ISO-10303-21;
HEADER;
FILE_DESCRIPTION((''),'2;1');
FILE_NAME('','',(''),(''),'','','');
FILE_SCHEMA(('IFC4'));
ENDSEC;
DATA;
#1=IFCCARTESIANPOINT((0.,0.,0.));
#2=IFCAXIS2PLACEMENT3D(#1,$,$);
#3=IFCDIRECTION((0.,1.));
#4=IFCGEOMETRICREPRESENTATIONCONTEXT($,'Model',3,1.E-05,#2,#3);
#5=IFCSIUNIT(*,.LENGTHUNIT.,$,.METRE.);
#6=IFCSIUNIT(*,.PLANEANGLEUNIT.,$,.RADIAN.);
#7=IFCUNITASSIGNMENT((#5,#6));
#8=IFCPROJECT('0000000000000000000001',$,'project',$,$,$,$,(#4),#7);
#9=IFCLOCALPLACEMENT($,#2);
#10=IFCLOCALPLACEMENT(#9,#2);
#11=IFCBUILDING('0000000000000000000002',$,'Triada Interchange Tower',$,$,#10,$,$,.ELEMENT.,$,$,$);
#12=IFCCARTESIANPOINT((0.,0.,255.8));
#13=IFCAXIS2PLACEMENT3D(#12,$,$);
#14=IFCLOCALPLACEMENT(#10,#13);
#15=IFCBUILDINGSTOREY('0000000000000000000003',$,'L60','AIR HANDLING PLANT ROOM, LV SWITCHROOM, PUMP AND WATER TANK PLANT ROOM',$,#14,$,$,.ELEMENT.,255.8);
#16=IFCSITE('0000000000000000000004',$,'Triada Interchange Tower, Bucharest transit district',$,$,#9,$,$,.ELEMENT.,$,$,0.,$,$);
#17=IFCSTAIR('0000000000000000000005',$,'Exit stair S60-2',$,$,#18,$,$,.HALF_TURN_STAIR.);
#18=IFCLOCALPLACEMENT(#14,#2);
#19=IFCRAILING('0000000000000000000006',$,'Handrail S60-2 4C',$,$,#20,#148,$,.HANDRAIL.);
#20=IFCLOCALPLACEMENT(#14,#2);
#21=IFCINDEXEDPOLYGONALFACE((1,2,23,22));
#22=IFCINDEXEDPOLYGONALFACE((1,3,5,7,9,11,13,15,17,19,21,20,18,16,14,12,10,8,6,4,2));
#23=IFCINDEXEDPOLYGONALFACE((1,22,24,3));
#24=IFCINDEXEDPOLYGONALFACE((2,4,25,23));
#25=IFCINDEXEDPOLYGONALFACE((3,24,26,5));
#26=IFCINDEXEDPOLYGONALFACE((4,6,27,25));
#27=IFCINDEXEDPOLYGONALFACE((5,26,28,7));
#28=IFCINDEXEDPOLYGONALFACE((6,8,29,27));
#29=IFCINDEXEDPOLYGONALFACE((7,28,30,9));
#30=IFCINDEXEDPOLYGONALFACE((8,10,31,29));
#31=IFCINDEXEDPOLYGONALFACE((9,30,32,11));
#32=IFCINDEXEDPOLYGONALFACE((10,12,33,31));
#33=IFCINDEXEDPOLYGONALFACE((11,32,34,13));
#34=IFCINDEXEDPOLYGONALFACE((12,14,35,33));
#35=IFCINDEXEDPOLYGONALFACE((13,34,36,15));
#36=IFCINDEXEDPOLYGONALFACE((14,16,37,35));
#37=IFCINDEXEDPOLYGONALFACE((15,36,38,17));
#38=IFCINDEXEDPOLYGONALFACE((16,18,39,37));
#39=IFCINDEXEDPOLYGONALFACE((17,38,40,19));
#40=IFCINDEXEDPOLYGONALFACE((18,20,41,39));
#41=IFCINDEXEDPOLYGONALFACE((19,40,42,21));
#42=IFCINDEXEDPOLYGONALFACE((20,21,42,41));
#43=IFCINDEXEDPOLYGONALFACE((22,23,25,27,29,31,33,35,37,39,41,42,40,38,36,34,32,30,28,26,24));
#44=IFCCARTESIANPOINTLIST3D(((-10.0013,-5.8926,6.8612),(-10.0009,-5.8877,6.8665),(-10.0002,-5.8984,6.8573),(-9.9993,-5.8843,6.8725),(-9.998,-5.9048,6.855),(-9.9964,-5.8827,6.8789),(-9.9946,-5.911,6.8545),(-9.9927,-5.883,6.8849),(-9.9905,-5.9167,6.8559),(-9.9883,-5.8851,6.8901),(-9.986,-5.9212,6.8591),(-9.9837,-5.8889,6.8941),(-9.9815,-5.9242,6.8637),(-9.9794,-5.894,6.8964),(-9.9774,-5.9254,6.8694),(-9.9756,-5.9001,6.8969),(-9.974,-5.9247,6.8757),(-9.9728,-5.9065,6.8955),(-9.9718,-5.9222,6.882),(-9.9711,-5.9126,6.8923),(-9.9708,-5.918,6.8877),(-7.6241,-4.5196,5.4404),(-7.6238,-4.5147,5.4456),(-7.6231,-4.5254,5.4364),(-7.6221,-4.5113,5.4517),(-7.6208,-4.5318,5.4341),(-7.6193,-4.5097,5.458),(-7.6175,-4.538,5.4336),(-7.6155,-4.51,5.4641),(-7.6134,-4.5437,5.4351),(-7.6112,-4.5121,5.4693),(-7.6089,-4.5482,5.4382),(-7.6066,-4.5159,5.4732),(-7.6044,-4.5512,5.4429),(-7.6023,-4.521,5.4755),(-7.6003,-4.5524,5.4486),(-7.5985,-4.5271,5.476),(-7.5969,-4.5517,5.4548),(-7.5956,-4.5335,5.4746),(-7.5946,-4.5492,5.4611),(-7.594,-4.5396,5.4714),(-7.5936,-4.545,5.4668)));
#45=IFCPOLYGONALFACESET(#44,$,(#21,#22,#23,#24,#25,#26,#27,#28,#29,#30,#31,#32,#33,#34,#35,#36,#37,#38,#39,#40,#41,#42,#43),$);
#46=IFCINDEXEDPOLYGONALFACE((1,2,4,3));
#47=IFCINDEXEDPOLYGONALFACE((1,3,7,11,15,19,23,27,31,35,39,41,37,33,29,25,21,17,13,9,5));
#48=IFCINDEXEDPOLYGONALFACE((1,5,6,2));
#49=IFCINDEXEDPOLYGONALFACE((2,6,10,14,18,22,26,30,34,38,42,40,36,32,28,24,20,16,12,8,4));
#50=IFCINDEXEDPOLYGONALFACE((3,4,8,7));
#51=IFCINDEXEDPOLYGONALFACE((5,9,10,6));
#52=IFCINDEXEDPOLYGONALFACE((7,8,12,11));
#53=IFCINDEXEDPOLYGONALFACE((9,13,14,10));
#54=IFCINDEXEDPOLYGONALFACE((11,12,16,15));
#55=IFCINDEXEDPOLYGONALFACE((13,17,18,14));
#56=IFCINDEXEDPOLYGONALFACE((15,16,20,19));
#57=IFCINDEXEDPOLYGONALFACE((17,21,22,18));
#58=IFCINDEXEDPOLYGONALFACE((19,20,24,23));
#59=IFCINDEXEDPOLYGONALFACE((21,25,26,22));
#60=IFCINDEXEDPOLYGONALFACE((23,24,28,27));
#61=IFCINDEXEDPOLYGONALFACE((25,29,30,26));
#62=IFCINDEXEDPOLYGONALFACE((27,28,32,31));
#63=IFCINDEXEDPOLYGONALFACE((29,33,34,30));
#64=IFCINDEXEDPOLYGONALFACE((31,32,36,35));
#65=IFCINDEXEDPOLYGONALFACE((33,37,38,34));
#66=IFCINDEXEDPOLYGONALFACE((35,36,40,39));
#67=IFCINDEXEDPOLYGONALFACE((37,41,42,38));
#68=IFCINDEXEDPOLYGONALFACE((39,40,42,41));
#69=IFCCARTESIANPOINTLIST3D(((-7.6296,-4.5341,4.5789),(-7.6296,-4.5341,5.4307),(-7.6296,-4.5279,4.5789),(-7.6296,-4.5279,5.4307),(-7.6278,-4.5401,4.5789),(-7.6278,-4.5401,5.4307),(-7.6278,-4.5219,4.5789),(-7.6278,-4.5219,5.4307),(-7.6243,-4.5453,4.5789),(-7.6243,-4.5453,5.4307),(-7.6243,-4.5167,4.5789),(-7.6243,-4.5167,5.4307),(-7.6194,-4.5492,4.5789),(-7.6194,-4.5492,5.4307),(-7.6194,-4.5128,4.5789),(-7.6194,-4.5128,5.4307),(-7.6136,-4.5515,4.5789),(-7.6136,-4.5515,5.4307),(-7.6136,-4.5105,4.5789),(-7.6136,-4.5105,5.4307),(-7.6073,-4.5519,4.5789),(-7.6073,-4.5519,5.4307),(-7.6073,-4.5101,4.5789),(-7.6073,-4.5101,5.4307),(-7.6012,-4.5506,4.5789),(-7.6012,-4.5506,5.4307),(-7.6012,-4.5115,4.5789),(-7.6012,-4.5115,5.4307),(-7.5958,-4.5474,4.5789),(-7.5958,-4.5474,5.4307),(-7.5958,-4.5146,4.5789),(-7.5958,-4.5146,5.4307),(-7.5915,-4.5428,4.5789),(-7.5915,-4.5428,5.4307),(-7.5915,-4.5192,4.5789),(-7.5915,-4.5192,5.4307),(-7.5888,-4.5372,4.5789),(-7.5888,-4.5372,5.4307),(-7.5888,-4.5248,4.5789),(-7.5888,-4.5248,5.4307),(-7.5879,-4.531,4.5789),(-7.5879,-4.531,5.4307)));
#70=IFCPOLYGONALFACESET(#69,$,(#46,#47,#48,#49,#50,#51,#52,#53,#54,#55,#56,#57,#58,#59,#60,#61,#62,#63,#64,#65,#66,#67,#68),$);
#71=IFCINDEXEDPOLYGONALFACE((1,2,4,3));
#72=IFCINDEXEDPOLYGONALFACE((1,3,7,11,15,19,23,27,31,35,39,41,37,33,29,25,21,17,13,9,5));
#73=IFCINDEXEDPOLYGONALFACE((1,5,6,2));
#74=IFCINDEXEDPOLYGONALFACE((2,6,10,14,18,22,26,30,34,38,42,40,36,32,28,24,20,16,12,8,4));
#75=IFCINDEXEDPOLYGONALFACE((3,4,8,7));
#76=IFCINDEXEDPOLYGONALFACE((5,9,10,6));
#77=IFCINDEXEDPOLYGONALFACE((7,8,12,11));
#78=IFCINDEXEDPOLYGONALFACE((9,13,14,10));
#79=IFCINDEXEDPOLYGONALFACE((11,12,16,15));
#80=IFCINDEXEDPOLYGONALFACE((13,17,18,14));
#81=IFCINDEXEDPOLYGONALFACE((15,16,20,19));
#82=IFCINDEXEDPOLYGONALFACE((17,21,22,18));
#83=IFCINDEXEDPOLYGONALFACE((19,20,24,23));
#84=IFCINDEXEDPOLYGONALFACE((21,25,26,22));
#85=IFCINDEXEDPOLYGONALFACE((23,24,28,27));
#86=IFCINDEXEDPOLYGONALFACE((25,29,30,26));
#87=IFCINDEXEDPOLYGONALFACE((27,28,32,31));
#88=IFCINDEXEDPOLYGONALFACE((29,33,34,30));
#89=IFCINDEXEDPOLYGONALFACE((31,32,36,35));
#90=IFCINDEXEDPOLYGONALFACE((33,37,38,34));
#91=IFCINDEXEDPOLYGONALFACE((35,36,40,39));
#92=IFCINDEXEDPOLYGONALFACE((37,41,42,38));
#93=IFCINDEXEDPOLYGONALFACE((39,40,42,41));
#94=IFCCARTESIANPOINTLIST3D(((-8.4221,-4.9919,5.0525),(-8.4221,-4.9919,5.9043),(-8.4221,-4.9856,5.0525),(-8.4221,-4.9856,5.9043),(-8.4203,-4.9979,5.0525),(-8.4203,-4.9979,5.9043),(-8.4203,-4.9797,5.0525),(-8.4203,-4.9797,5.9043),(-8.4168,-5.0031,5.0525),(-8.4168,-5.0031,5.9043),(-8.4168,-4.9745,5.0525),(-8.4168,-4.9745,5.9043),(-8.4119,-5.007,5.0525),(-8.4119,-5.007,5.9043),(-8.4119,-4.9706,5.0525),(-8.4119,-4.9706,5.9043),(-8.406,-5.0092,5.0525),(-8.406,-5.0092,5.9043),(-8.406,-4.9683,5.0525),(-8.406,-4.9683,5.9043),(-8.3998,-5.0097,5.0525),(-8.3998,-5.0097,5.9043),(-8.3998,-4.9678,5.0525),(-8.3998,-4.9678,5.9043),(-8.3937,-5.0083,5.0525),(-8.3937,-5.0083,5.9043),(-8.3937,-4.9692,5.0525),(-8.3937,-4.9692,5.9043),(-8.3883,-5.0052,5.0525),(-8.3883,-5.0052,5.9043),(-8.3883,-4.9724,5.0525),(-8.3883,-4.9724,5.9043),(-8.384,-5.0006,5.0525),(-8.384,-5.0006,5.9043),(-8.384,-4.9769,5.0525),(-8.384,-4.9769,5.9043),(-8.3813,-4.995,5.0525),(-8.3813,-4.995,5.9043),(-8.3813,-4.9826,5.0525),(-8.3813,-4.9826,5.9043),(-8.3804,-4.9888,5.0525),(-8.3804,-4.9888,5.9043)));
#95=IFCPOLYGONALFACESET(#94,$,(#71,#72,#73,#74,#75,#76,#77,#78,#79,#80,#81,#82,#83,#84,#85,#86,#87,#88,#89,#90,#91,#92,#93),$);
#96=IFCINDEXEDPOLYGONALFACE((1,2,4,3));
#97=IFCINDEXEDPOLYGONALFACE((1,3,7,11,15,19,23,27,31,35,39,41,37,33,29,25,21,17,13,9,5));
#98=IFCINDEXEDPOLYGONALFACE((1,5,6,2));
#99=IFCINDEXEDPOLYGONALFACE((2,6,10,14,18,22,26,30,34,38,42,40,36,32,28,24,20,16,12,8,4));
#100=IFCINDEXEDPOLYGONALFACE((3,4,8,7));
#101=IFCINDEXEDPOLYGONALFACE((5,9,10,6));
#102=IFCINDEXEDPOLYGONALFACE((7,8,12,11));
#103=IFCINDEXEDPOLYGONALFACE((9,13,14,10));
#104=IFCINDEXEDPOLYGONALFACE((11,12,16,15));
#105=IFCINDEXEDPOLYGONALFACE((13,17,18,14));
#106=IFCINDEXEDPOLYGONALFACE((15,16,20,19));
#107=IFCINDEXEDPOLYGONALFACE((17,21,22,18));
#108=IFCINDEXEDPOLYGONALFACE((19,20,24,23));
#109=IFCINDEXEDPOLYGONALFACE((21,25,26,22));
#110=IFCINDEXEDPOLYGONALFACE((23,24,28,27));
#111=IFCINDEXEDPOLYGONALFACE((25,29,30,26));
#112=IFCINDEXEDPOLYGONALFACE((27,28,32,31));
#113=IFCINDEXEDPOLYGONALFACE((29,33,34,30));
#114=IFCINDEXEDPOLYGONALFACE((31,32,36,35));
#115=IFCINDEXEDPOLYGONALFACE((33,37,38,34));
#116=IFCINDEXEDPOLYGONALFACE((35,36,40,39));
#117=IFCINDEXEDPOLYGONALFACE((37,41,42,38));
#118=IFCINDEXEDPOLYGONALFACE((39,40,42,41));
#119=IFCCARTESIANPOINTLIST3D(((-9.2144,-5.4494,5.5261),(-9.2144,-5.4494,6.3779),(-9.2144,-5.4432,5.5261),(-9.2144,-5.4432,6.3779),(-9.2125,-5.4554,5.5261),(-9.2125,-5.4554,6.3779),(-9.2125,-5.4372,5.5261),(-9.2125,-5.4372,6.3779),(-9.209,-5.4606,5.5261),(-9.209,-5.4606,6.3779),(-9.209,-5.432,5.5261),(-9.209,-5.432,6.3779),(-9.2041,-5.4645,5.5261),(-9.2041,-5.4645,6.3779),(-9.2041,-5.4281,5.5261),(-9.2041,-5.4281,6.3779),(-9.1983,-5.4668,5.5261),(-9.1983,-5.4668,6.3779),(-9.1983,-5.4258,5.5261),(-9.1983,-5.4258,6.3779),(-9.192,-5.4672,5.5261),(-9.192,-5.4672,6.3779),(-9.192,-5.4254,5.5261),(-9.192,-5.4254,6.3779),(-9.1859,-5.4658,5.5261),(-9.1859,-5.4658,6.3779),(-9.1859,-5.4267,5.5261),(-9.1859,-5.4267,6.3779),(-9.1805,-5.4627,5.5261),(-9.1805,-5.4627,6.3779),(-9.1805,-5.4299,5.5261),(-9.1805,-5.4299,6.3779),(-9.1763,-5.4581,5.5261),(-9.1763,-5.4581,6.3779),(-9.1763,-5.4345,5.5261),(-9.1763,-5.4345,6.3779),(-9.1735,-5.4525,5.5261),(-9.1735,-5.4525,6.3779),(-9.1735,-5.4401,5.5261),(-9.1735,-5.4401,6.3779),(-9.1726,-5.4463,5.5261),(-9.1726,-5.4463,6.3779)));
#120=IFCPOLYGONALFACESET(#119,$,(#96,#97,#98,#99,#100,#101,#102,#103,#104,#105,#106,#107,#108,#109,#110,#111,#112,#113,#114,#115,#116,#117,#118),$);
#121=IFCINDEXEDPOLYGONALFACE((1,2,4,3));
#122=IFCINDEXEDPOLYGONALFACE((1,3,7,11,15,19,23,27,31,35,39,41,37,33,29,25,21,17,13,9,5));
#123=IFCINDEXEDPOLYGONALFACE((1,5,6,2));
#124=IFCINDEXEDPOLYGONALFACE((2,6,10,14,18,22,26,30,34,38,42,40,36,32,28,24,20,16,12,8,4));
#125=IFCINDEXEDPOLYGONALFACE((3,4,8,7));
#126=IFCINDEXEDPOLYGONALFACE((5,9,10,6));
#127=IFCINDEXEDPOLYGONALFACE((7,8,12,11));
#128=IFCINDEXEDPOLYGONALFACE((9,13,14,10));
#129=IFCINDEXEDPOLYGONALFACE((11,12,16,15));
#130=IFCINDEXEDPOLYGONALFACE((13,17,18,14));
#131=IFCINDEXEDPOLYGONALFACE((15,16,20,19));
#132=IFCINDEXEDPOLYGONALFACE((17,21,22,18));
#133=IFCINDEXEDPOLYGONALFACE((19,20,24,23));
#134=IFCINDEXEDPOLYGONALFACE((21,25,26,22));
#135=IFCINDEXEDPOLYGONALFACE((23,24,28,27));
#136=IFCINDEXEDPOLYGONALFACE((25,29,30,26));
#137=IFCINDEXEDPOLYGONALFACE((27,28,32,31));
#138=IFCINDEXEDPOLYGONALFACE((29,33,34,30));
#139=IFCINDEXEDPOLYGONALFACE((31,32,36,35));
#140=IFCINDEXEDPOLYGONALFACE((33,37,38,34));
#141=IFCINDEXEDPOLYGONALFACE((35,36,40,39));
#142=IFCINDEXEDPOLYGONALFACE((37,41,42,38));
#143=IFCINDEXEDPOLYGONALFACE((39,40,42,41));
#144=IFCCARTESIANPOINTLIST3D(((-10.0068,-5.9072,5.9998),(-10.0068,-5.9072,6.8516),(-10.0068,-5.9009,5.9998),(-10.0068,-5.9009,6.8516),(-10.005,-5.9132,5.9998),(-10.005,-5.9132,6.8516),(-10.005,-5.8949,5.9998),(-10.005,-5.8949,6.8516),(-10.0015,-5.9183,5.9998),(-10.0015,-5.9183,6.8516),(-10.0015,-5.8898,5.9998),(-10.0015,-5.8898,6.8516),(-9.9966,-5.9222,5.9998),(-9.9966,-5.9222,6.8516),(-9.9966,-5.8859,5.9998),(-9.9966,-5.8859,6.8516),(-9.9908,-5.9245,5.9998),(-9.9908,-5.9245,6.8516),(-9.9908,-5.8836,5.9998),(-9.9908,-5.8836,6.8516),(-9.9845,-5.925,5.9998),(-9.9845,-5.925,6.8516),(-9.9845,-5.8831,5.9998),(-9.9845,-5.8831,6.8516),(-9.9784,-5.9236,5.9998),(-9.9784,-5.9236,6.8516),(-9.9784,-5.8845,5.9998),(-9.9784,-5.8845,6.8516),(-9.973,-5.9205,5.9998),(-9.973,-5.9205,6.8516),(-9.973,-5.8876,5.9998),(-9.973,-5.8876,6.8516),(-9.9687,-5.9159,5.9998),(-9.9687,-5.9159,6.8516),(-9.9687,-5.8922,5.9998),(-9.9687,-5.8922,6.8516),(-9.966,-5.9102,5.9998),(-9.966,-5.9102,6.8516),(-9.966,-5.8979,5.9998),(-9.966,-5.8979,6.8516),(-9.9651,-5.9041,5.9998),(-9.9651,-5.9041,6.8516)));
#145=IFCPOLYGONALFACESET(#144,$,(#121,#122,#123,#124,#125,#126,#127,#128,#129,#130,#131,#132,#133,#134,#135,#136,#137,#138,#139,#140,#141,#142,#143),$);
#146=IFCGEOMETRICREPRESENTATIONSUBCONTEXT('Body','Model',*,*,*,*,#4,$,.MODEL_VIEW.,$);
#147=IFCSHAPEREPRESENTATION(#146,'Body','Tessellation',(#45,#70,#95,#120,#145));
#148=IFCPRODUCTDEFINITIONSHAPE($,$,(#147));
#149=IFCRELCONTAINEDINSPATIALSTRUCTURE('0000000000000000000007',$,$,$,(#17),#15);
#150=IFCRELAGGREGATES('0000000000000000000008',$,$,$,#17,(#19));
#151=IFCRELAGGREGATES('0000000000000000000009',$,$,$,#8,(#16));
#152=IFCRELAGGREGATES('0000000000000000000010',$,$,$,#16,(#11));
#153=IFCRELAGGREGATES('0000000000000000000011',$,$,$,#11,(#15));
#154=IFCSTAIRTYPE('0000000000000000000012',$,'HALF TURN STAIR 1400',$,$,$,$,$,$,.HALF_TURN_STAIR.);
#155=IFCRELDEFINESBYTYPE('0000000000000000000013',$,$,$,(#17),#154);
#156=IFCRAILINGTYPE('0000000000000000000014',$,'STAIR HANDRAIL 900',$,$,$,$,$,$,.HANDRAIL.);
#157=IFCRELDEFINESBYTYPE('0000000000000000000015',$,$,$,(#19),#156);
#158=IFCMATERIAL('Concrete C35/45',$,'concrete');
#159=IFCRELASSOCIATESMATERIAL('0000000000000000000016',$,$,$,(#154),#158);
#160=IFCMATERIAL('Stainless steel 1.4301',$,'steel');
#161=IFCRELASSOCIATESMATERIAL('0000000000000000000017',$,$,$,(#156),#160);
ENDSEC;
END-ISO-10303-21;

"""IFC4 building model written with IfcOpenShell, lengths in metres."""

from ifc_helpers import new_model, si_unit, direction, frame, origin, origin_2d, place, context, subcontext, project, spatial, circle, extrude, material, type_object, element, aggregate, save


model = new_model("IFC4")

# Units and contexts
model_context = context("Model", 3, precision=1e-05, world=origin(), true_north=direction((0.0, 1.0)))
body_context = subcontext(model_context, "Body", "Model", "MODEL_VIEW")
ifc_project = project(units=[si_unit("LENGTHUNIT", "METRE"), si_unit("PLANEANGLEUNIT", "RADIAN")], contexts=[model_context])

# Site, building, storey
site_placement = place(None, origin())
site = spatial("IfcSite", under=ifc_project, at=site_placement, Name="Triada Interchange Tower, Bucharest transit district", CompositionType="ELEMENT", RefElevation=0.0)
building_placement = place(site_placement, origin())
building = spatial("IfcBuilding", under=site, at=building_placement, Name="Triada Interchange Tower", CompositionType="ELEMENT")
storey_placement = place(building_placement, frame((0.0, 0.0, 255.8)))
storey = spatial("IfcBuildingStorey", under=building, at=storey_placement, Name="L60", Description="AIR HANDLING PLANT ROOM, LV SWITCHROOM, PUMP AND WATER TANK PLANT ROOM", CompositionType="ELEMENT", Elevation=255.8)

# Stair, railing
ifc_material_1 = material(Name="Concrete C35/45", Category="concrete")
stair_type = type_object("IfcStairType", Name="HALF TURN STAIR 1400", PredefinedType="HALF_TURN_STAIR", material=ifc_material_1)
stair_placement = place(storey_placement, origin())
stair = element("IfcStair", 1, at=stair_placement, inside=storey, type_object=stair_type, Name="Exit stair S60-2", PredefinedType="HALF_TURN_STAIR")
ifc_material_2 = material(Name="Stainless steel 1.4301", Category="steel")
railing_type = type_object("IfcRailingType", Name="STAIR HANDRAIL 900", PredefinedType="HANDRAIL", material=ifc_material_2)
railing_1_placement = place(storey_placement, frame((-7.6089, -4.531, 4.5789)))
railing_1 = element("IfcRailing", 2, at=railing_1_placement, type_object=railing_type, Name="Handrail S60-2 4C", PredefinedType="HANDRAIL", context=body_context, shape_type="SweptSolid", body=[
    extrude(circle(Radius=0.0239, at=origin_2d()), frame((0.0, 0.0, 0.876), z_axis=(-0.769031, -0.444185, 0.459665), x_axis=(0.500156, -0.865935, 0.0)), (0.0, 0.0, 1.0), 3.0911),
    extrude(circle(Radius=0.021, at=origin_2d()), origin(), (0.0, 0.0, 1.0), 0.8518),
    extrude(circle(Radius=0.021, at=origin_2d()), frame((-0.7925, -0.4578, 0.4736)), (0.0, 0.0, 1.0), 0.8518),
    extrude(circle(Radius=0.021, at=origin_2d()), frame((-1.5847, -0.9153, 0.9473)), (0.0, 0.0, 1.0), 0.8518),
    extrude(circle(Radius=0.021, at=origin_2d()), frame((-2.3772, -1.373, 1.4209)), (0.0, 0.0, 1.0), 0.8518),
])
aggregate(stair, [railing_1])

save(model, "model.ifc")
